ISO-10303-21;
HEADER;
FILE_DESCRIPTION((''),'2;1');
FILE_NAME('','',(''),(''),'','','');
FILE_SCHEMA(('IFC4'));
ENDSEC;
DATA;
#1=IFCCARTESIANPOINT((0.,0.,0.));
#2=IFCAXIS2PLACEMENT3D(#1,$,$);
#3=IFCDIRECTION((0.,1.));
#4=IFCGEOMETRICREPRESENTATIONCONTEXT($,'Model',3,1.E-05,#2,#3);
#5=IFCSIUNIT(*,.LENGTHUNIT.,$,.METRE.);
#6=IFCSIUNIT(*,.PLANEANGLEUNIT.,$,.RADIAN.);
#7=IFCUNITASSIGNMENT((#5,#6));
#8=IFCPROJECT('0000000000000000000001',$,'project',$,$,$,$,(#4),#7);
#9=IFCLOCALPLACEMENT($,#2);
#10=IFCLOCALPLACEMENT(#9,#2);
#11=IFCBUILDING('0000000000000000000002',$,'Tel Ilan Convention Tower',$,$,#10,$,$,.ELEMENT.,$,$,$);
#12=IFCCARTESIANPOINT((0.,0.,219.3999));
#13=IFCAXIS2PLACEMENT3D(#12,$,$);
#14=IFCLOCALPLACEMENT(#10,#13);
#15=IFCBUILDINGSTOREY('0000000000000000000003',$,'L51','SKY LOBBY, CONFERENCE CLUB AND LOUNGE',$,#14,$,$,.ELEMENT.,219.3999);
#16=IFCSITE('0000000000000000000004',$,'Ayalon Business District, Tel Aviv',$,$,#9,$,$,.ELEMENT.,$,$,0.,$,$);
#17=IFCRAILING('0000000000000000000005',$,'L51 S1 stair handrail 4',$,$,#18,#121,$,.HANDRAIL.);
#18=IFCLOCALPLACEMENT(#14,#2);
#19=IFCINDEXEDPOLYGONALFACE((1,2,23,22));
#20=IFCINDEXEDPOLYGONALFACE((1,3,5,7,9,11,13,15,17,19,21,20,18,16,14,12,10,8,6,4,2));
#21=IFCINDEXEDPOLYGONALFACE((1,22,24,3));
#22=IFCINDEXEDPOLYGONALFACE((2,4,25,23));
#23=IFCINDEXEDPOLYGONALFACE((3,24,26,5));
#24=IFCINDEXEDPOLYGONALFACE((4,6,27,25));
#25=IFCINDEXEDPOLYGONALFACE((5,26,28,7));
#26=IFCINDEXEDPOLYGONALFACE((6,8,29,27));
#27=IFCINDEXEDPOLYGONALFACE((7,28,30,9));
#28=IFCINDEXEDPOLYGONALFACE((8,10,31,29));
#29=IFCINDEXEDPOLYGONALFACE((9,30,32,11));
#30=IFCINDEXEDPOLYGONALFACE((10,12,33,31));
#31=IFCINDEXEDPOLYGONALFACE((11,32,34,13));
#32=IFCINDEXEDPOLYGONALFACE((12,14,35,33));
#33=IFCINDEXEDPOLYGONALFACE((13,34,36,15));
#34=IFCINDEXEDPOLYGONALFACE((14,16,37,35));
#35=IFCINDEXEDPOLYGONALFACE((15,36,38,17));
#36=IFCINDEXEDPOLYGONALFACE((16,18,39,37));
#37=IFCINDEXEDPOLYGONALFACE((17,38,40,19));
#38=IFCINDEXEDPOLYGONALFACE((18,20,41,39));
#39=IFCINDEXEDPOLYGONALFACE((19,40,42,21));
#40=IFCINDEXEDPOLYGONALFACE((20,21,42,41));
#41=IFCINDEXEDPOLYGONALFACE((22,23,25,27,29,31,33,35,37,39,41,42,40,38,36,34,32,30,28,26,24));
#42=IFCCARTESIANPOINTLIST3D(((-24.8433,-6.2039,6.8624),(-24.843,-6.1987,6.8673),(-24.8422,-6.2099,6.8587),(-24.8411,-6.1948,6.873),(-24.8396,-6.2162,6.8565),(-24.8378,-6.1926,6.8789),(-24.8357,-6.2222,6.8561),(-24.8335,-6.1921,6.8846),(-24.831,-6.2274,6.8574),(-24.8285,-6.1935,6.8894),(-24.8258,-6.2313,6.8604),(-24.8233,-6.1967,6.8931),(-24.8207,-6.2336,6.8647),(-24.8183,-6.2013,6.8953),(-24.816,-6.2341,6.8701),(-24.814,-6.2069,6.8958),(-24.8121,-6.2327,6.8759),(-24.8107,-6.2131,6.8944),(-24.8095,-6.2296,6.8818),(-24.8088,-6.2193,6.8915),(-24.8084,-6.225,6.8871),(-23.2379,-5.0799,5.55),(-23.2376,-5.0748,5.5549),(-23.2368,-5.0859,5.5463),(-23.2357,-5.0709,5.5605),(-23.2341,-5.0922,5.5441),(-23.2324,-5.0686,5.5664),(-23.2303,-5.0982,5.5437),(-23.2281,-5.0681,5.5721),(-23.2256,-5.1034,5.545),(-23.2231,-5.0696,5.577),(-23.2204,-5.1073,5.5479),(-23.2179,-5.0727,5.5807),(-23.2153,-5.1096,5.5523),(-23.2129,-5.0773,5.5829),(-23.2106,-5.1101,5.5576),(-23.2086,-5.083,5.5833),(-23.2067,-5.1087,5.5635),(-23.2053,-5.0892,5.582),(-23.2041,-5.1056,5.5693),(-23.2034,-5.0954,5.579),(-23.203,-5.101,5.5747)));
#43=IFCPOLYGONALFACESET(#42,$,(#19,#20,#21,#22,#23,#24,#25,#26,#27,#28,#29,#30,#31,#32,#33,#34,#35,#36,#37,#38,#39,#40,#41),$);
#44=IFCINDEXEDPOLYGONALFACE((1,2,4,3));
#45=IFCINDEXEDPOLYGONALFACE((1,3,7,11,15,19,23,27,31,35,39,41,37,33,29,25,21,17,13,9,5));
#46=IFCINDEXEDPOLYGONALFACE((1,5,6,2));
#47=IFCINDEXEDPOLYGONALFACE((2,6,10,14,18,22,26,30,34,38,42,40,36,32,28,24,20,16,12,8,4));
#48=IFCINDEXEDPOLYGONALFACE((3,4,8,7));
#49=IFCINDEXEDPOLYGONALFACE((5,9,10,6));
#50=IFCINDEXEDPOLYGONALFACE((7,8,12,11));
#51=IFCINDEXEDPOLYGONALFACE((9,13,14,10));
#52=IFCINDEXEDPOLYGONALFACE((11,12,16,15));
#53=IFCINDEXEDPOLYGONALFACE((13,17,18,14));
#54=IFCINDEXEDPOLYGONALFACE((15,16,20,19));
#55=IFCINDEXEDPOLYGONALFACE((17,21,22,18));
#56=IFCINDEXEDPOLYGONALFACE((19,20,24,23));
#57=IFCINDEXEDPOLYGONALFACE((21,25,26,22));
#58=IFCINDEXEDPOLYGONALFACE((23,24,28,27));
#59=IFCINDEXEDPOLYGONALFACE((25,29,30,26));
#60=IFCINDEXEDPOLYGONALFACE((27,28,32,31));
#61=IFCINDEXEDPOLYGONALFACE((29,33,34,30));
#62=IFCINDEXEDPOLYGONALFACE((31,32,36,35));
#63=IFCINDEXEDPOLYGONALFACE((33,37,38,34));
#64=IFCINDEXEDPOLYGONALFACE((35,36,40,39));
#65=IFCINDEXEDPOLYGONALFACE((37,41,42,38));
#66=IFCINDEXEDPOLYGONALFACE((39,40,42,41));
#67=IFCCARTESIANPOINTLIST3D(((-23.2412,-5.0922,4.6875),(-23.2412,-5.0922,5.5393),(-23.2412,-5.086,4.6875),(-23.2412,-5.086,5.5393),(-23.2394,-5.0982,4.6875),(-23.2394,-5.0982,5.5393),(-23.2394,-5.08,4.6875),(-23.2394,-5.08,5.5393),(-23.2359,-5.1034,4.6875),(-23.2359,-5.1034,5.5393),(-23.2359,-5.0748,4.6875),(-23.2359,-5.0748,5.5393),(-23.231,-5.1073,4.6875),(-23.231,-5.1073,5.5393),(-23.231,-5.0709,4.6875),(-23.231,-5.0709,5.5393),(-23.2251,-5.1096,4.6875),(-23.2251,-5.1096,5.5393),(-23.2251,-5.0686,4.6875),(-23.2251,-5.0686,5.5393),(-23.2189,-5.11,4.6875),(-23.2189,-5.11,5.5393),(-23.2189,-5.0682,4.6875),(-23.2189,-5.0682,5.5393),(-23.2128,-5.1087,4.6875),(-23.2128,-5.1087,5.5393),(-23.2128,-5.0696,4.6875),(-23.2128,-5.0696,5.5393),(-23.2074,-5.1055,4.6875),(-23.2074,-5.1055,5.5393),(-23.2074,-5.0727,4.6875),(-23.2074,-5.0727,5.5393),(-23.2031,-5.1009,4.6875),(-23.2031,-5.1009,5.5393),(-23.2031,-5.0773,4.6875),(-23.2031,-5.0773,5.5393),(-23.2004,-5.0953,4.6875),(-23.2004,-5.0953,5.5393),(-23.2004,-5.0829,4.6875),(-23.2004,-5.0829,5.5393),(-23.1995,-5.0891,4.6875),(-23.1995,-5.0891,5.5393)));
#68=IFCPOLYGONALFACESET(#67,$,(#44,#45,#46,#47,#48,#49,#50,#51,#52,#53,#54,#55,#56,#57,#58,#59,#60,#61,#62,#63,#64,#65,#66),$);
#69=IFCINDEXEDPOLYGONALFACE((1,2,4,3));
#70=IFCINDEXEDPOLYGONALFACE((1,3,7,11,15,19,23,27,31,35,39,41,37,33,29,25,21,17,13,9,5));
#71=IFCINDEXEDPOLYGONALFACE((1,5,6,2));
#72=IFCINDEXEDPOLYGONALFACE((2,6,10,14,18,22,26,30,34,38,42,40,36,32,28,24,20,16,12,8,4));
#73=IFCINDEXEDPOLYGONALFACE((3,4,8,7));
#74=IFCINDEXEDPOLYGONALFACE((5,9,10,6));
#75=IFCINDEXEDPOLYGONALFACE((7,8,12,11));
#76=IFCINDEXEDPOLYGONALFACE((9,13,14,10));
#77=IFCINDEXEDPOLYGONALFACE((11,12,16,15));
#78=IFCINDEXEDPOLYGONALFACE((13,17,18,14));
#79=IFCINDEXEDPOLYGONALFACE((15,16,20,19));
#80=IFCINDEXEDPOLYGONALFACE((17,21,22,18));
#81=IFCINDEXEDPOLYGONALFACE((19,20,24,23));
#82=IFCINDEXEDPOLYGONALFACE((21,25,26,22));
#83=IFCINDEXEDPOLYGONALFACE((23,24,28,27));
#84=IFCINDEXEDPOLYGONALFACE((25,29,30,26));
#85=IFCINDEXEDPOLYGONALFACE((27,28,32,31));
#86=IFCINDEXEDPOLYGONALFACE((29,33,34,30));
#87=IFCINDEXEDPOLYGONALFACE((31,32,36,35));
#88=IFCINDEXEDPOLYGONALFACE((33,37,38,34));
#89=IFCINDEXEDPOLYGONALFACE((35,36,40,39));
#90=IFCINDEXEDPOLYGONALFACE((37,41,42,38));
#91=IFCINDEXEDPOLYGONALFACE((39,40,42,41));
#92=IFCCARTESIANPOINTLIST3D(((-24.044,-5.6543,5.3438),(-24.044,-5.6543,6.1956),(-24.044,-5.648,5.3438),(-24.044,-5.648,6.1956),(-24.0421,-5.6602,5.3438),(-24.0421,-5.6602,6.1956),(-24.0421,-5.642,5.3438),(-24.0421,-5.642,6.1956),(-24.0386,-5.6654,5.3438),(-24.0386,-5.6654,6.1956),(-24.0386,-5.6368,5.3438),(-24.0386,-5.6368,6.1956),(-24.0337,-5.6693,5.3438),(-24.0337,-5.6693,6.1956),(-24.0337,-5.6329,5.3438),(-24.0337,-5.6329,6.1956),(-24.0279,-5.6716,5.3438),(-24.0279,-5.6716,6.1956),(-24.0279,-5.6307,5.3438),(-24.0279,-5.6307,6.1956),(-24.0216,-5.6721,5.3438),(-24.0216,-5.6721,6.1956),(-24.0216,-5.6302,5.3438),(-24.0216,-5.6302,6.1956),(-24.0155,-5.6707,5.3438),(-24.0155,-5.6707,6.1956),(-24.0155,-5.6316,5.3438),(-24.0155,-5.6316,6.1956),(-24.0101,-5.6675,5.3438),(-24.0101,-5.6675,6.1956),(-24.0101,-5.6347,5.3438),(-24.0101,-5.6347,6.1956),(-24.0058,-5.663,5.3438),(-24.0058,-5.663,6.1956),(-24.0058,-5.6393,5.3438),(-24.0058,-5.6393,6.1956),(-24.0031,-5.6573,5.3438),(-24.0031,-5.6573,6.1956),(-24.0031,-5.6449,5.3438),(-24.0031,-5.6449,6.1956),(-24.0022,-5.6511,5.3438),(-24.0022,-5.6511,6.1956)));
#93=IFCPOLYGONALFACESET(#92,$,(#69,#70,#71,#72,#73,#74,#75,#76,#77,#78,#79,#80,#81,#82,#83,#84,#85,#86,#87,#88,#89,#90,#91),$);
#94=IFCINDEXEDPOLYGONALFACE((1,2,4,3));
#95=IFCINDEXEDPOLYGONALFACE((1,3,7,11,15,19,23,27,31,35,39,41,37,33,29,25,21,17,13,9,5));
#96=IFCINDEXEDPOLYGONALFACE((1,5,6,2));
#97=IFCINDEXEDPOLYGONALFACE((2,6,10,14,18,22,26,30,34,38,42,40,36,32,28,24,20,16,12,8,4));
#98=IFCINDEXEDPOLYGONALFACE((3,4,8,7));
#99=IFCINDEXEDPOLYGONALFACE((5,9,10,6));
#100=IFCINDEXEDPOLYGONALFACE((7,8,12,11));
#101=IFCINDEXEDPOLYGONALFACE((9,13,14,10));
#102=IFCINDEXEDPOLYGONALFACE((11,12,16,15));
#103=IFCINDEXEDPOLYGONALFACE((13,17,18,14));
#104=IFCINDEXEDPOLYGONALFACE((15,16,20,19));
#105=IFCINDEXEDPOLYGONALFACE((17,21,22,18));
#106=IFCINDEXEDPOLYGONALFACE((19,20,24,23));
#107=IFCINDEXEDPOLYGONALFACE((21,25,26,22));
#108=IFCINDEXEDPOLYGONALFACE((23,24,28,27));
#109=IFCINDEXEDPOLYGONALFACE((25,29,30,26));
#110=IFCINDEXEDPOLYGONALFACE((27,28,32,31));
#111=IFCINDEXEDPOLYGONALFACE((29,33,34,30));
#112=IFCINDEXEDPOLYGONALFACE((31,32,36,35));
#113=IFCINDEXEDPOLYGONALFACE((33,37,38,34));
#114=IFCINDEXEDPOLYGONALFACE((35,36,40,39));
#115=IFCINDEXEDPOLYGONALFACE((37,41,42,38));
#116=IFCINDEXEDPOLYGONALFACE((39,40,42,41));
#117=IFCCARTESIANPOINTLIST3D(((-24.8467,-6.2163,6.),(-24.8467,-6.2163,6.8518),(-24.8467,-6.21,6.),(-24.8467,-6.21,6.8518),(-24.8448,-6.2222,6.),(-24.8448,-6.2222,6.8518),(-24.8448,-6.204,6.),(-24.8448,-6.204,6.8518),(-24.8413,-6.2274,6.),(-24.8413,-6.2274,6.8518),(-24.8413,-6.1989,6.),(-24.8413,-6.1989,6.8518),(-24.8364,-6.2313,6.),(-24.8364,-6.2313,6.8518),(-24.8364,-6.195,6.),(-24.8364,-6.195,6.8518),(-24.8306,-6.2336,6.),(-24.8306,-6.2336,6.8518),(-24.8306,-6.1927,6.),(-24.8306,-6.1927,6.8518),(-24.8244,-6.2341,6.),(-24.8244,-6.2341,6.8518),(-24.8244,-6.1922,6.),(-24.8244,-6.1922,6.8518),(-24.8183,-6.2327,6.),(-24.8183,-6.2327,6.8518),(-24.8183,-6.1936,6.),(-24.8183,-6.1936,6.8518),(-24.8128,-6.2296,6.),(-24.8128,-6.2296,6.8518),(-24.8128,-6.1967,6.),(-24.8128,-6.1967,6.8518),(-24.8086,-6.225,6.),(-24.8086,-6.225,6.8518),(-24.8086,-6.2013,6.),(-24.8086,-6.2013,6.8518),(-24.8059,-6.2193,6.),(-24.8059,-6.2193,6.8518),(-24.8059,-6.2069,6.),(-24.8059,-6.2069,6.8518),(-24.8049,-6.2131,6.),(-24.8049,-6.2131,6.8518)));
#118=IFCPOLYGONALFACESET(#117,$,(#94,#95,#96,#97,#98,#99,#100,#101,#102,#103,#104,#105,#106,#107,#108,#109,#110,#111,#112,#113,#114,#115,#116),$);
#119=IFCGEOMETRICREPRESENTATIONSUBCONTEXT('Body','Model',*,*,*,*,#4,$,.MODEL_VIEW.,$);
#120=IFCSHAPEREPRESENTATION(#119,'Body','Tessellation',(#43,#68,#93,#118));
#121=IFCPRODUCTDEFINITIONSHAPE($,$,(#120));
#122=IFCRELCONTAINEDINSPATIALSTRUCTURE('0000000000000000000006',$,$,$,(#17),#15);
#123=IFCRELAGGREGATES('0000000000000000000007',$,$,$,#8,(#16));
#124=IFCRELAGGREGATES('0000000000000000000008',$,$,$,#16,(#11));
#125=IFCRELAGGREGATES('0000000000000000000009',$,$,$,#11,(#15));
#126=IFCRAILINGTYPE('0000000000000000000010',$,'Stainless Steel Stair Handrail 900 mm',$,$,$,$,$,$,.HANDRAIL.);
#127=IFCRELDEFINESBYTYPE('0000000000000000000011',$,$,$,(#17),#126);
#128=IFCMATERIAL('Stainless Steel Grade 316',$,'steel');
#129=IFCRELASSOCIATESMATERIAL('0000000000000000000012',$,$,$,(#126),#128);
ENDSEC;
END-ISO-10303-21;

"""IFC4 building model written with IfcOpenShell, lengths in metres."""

from ifc_helpers import new_model, si_unit, direction, frame, origin, origin_2d, place, context, subcontext, project, spatial, circle, extrude, material, type_object, element, save


model = new_model("IFC4")

# Units and contexts
model_context = context("Model", 3, precision=1e-05, world=origin(), true_north=direction((0.0, 1.0)))
body_context = subcontext(model_context, "Body", "Model", "MODEL_VIEW")
ifc_project = project(units=[si_unit("LENGTHUNIT", "METRE"), si_unit("PLANEANGLEUNIT", "RADIAN")], contexts=[model_context])

# Site, building, storey
site_placement = place(None, origin())
site = spatial("IfcSite", under=ifc_project, at=site_placement, Name="Ayalon Business District, Tel Aviv", CompositionType="ELEMENT", RefElevation=0.0)
building_placement = place(site_placement, origin())
building = spatial("IfcBuilding", under=site, at=building_placement, Name="Tel Ilan Convention Tower", CompositionType="ELEMENT")
storey_placement = place(building_placement, frame((0.0, 0.0, 219.3999)))
storey = spatial("IfcBuildingStorey", under=building, at=storey_placement, Name="L51", Description="SKY LOBBY, CONFERENCE CLUB AND LOUNGE", CompositionType="ELEMENT", Elevation=219.3999)

# Railing
ifc_material_1 = material(Name="Stainless Steel Grade 316", Category="steel")
railing_type_1 = type_object("IfcRailingType", Name="Stainless Steel Stair Handrail 900 mm", PredefinedType="HANDRAIL", material=ifc_material_1)
railing_1_placement = place(storey_placement, frame((-23.2205, -5.0891, 4.6875)))
element("IfcRailing", 1, at=railing_1_placement, inside=storey, type_object=railing_type_1, Name="L51 S1 stair handrail 4", PredefinedType="HANDRAIL", context=body_context, shape_type="SweptSolid", body=[
    extrude(circle(Radius=0.0239, at=origin_2d()), frame((0.0, 0.0, 0.876), z_axis=(-0.680649, -0.476537, 0.556443), x_axis=(0.573529, -0.819185, 0.0)), (0.0, 0.0, 1.0), 2.3586),
    extrude(circle(Radius=0.021, at=origin_2d()), origin(), (0.0, 0.0, 1.0), 0.8518),
    extrude(circle(Radius=0.021, at=origin_2d()), frame((-0.8027, -0.562, 0.6562)), (0.0, 0.0, 1.0), 0.8518),
    extrude(circle(Radius=0.021, at=origin_2d()), frame((-1.6055, -1.124, 1.3125)), (0.0, 0.0, 1.0), 0.8518),
])

save(model, "model.ifc")
